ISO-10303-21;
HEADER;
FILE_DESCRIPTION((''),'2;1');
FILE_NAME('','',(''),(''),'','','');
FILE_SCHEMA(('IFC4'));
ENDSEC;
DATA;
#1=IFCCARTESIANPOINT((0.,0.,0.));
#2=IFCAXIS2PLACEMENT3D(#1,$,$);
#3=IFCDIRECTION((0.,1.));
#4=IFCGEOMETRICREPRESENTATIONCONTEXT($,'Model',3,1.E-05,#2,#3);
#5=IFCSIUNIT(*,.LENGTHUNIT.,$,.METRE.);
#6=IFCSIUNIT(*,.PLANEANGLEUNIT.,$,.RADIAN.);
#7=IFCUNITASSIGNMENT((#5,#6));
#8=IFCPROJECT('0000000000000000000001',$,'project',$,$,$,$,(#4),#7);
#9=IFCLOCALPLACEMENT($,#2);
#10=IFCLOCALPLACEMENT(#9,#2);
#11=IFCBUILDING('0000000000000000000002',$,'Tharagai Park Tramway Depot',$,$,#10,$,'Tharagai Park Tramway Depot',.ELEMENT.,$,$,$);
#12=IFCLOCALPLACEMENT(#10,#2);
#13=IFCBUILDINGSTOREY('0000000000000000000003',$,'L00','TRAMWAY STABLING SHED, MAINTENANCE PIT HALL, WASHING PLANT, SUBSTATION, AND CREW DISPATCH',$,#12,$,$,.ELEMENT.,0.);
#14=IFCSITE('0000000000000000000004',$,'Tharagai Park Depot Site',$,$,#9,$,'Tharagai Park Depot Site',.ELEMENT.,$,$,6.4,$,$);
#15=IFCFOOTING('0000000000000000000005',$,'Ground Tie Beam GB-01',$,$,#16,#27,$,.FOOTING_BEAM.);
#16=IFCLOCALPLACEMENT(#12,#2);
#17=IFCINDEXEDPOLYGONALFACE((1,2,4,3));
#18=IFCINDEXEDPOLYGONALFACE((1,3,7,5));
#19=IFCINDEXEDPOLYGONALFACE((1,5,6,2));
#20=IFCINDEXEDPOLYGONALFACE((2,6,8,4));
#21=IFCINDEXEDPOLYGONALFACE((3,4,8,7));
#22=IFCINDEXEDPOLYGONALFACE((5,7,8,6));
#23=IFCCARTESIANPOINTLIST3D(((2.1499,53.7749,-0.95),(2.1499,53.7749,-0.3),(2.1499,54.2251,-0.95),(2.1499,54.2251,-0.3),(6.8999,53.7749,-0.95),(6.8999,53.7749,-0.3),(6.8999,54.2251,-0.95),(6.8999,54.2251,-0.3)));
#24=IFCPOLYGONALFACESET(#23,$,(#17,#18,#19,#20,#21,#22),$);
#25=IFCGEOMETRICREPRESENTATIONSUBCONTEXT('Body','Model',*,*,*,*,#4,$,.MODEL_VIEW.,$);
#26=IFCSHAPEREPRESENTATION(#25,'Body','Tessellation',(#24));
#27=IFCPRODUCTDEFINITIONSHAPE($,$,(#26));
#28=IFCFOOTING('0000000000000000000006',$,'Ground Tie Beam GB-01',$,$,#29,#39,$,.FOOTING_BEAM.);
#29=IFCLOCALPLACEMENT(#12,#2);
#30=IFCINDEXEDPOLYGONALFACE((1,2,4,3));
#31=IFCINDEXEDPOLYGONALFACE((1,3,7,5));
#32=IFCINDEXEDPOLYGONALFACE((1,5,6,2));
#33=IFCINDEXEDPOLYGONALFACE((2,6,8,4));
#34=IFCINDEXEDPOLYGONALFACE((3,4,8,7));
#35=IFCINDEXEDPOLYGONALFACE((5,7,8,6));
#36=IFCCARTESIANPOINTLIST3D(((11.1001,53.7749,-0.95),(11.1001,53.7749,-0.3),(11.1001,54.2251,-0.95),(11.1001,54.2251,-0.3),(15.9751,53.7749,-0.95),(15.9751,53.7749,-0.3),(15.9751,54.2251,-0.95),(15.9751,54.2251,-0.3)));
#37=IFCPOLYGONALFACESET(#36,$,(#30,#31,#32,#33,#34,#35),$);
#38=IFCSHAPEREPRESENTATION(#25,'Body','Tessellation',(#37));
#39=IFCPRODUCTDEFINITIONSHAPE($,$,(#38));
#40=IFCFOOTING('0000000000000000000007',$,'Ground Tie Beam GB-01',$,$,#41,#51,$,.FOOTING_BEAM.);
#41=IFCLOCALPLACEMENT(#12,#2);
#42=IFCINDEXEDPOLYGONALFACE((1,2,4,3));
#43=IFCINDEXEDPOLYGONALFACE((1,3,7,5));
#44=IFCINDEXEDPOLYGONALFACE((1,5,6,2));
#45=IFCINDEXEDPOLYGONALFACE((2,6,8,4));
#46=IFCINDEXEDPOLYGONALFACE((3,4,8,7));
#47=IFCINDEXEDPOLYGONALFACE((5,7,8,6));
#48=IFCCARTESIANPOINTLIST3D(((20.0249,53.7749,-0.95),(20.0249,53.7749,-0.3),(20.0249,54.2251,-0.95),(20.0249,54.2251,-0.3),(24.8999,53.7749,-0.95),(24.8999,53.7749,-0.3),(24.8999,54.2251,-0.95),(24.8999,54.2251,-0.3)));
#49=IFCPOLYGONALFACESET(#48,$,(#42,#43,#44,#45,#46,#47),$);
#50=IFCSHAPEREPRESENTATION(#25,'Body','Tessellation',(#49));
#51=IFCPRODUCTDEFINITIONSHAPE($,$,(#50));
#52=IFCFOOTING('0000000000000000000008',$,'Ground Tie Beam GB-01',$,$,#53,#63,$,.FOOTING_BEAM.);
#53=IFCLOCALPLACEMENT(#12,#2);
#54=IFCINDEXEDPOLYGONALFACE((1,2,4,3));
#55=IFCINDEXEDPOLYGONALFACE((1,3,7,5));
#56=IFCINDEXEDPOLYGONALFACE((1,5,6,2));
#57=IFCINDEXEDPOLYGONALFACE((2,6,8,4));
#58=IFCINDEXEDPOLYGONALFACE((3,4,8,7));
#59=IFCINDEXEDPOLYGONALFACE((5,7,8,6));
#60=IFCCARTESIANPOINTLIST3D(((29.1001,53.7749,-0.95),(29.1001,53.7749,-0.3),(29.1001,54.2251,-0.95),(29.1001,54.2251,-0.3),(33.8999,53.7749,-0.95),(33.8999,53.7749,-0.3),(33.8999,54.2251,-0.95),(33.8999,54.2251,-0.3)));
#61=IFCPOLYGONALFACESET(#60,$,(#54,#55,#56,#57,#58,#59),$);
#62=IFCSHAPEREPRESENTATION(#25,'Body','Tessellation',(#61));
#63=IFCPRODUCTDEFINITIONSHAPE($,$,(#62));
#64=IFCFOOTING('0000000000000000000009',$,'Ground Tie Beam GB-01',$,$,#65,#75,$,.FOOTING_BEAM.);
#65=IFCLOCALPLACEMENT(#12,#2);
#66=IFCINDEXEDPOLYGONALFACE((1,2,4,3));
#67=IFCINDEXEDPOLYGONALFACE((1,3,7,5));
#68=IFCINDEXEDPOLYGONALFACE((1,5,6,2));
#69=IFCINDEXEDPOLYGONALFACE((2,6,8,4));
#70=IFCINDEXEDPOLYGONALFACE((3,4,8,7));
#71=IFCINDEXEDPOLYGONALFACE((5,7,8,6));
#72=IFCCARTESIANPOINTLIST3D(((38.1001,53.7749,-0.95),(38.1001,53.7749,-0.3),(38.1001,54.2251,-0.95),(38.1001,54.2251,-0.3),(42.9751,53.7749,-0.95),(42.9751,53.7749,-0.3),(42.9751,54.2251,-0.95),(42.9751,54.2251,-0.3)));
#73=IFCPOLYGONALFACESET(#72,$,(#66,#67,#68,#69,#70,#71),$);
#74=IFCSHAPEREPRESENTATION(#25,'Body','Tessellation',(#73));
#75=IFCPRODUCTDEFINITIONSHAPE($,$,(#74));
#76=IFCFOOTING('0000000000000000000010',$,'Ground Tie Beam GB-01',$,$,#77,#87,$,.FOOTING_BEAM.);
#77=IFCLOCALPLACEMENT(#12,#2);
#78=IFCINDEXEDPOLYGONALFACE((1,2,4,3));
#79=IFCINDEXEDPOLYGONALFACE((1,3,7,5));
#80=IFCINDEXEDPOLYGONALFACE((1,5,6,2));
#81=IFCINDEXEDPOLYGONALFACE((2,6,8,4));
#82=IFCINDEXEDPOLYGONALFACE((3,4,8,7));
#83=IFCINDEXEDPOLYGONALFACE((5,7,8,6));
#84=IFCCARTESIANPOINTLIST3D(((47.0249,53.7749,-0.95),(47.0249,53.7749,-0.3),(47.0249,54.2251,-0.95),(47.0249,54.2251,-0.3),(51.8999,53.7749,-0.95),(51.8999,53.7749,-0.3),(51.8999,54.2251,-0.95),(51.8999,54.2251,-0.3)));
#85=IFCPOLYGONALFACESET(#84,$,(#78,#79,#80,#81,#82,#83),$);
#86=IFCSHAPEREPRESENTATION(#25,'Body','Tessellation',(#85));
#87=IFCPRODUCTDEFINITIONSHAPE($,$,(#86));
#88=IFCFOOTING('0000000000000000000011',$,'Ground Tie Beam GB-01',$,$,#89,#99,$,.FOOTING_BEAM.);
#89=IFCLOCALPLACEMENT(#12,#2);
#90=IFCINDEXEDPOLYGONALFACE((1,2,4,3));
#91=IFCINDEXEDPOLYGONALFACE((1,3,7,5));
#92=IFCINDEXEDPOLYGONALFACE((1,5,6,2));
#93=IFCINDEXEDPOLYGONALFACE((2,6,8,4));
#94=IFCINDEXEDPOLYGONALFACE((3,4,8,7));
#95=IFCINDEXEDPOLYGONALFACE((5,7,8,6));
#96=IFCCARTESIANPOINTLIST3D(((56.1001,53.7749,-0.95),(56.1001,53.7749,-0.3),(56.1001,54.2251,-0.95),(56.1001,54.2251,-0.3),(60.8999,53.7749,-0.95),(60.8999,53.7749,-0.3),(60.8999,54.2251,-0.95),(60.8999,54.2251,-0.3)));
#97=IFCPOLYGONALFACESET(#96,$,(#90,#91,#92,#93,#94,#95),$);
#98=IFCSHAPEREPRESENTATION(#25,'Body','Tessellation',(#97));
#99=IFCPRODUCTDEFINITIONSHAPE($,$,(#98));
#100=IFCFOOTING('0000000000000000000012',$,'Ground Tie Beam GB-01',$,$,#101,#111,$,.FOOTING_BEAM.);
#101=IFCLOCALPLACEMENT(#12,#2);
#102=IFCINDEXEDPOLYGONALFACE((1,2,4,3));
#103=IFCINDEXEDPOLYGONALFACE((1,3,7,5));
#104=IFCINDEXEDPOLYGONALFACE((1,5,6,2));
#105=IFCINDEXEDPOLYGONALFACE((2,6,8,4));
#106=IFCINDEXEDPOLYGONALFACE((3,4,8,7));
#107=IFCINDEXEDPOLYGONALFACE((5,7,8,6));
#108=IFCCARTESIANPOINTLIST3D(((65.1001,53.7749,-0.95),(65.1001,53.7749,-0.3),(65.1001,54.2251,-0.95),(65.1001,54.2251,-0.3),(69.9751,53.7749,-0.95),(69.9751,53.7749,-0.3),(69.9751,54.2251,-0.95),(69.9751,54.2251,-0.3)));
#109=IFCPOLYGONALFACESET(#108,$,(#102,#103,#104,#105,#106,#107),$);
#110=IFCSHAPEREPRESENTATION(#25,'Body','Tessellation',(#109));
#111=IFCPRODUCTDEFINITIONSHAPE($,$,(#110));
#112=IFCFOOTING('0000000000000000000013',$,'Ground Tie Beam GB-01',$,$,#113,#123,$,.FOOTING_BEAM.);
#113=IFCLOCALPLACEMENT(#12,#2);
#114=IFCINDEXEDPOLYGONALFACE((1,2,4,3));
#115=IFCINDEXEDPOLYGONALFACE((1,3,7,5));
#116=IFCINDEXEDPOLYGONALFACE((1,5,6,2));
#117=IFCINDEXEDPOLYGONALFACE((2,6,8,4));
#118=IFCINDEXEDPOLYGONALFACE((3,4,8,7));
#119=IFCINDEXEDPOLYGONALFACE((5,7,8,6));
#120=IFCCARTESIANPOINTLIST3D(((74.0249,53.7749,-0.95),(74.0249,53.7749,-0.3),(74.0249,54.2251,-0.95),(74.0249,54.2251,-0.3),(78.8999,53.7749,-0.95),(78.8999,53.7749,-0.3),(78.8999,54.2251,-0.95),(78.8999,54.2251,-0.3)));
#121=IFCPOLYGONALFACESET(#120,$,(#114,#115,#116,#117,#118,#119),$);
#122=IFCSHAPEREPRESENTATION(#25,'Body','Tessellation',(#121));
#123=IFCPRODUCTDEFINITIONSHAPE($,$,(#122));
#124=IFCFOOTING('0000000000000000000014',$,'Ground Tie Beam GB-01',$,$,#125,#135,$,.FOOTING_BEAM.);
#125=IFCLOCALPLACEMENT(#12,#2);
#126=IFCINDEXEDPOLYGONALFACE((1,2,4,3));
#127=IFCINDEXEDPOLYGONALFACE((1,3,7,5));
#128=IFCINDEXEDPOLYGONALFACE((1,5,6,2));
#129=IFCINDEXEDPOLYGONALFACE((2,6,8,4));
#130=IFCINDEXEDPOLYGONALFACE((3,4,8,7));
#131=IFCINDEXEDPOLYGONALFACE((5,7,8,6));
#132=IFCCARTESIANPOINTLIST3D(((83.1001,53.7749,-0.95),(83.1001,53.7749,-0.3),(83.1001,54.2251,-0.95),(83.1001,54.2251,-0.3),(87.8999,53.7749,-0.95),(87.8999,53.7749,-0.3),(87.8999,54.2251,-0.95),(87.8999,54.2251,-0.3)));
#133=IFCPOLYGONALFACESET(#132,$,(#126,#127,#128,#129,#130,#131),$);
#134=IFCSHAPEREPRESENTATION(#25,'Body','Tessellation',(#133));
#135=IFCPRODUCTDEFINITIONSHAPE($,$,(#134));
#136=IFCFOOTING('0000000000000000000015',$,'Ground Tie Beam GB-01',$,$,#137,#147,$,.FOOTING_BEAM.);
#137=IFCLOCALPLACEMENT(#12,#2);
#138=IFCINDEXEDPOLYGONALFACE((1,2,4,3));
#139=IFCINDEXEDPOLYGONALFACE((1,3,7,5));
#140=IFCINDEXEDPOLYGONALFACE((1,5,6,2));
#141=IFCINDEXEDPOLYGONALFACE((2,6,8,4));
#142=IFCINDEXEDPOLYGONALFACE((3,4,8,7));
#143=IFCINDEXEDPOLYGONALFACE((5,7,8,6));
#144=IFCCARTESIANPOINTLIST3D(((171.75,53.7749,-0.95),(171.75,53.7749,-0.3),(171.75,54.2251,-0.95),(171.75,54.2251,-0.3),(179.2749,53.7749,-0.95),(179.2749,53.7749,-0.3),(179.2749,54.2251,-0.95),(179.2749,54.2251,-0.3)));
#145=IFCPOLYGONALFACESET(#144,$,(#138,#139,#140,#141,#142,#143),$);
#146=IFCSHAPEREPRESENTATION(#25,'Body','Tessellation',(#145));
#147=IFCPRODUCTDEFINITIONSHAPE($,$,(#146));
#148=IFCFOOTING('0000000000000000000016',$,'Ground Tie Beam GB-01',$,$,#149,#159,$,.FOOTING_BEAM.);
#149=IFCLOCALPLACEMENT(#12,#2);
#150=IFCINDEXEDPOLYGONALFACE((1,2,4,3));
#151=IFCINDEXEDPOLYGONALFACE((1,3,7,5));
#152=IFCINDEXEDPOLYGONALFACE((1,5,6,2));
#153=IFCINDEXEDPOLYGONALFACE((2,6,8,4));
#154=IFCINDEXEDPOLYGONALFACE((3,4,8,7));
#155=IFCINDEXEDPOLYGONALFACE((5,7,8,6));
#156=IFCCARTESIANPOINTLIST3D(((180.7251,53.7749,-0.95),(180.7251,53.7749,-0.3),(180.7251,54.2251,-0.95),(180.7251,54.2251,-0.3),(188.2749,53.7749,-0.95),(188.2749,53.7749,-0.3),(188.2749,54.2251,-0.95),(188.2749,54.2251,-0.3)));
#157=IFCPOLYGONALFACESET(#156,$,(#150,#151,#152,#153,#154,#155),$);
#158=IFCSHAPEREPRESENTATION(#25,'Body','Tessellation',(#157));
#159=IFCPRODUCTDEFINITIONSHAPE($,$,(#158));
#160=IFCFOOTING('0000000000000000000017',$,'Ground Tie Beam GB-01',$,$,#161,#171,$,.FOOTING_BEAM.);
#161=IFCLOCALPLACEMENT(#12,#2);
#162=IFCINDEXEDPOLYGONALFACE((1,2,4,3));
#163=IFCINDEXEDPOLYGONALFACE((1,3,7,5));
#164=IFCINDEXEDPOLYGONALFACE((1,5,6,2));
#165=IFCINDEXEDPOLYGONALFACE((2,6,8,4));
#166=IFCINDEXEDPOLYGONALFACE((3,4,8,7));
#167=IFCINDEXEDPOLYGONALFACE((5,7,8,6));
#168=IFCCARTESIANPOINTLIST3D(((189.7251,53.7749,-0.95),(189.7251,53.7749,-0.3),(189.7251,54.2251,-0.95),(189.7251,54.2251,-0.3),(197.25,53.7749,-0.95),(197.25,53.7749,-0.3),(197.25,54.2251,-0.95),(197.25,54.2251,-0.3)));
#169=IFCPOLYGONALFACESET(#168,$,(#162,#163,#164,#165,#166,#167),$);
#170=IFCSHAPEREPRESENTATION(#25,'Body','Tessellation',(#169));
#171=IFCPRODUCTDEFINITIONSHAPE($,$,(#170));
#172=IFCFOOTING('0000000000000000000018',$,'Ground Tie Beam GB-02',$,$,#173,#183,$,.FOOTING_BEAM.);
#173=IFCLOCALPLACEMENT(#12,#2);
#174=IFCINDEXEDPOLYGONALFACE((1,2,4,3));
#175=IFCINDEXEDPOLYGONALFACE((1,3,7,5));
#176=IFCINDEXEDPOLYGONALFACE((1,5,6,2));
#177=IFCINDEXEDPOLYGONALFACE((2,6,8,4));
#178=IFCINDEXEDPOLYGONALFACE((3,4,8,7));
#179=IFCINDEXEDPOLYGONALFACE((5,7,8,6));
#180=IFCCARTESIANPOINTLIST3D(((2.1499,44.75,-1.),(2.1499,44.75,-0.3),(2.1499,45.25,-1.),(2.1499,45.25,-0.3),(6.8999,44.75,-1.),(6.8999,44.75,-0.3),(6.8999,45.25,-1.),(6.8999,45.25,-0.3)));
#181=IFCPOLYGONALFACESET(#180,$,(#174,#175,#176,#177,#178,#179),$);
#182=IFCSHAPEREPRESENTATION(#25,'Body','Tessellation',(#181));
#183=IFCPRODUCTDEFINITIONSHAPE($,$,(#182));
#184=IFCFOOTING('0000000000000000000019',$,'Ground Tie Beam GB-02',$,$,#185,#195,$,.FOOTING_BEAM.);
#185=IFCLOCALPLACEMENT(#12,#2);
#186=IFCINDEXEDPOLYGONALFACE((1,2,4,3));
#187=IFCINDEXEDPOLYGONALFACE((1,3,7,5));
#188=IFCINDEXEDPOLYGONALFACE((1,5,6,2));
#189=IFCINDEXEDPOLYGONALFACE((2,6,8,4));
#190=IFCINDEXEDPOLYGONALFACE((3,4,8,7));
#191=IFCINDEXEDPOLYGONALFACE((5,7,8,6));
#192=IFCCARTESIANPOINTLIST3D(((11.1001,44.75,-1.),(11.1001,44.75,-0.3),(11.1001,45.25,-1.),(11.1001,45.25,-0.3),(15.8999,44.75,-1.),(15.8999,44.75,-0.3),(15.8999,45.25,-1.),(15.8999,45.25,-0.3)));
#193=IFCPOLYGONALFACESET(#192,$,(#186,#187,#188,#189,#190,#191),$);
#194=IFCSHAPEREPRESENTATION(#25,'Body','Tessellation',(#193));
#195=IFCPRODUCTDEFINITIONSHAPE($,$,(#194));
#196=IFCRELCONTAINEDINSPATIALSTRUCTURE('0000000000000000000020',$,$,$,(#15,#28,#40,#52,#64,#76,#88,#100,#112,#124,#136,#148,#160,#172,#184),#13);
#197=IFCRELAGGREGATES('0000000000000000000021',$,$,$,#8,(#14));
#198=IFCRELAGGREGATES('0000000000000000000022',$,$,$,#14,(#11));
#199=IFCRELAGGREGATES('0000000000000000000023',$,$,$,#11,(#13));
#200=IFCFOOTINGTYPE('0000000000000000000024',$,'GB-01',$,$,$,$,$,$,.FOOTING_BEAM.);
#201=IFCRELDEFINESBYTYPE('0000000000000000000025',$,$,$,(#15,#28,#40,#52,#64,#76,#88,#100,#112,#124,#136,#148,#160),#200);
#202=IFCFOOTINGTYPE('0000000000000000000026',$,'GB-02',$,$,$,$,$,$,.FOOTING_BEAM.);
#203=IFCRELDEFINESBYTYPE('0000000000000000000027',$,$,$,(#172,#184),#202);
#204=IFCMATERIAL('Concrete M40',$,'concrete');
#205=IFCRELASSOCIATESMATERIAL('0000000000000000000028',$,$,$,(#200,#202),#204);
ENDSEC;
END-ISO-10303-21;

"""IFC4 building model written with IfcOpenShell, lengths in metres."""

from ifc_helpers import new_model, si_unit, direction, frame, origin, place, context, subcontext, project, spatial, polyline, outline, extrude, material, type_object, element, save


model = new_model("IFC4")

# Units and contexts
model_context = context("Model", 3, precision=1e-05, world=origin(), true_north=direction((0.0, 1.0)))
body_context = subcontext(model_context, "Body", "Model", "MODEL_VIEW")
ifc_project = project(units=[si_unit("LENGTHUNIT", "METRE"), si_unit("PLANEANGLEUNIT", "RADIAN")], contexts=[model_context])

# Site, building, storey
site_placement = place(None, origin())
site = spatial("IfcSite", under=ifc_project, at=site_placement, Name="Tharagai Park Depot Site", LongName="Tharagai Park Depot Site", CompositionType="ELEMENT", RefElevation=6.4)
building_placement = place(site_placement, origin())
building = spatial("IfcBuilding", under=site, at=building_placement, Name="Tharagai Park Tramway Depot", LongName="Tharagai Park Tramway Depot", CompositionType="ELEMENT")
storey_placement = place(building_placement, origin())
storey = spatial("IfcBuildingStorey", under=building, at=storey_placement, Name="L00", Description="TRAMWAY STABLING SHED, MAINTENANCE PIT HALL, WASHING PLANT, SUBSTATION, AND CREW DISPATCH", CompositionType="ELEMENT", Elevation=0.0)

# Footings
ifc_material = material(Name="Concrete M40", Category="concrete")
footing_type_1 = type_object("IfcFootingType", Name="GB-01", PredefinedType="FOOTING_BEAM", material=ifc_material)
footing_1_placement = place(storey_placement, frame((0.0, 0.0, -0.95)))
element("IfcFooting", 1, at=footing_1_placement, inside=storey, type_object=footing_type_1, Name="Ground Tie Beam GB-01", PredefinedType="FOOTING_BEAM", context=body_context, shape_type="SweptSolid", body=[
    extrude(outline(polyline([(2.1499, 53.7749), (6.8999, 53.7749), (6.8999, 54.2251), (2.1499, 54.2251), (2.1499, 53.7749)])), origin(), (0.0, 0.0, 1.0), 0.6499),
])
footing_2_placement = place(storey_placement, frame((0.0, 0.0, -0.95)))
element("IfcFooting", 2, at=footing_2_placement, inside=storey, type_object=footing_type_1, Name="Ground Tie Beam GB-01", PredefinedType="FOOTING_BEAM", context=body_context, shape_type="SweptSolid", body=[
    extrude(outline(polyline([(11.1001, 53.7749), (15.9751, 53.7749), (15.9751, 54.2251), (11.1001, 54.2251), (11.1001, 53.7749)])), origin(), (0.0, 0.0, 1.0), 0.6499),
])
footing_3_placement = place(storey_placement, frame((0.0, 0.0, -0.95)))
element("IfcFooting", 3, at=footing_3_placement, inside=storey, type_object=footing_type_1, Name="Ground Tie Beam GB-01", PredefinedType="FOOTING_BEAM", context=body_context, shape_type="SweptSolid", body=[
    extrude(outline(polyline([(20.0249, 53.7749), (24.8999, 53.7749), (24.8999, 54.2251), (20.0249, 54.2251), (20.0249, 53.7749)])), origin(), (0.0, 0.0, 1.0), 0.6499),
])
footing_4_placement = place(storey_placement, frame((0.0, 0.0, -0.95)))
element("IfcFooting", 4, at=footing_4_placement, inside=storey, type_object=footing_type_1, Name="Ground Tie Beam GB-01", PredefinedType="FOOTING_BEAM", context=body_context, shape_type="SweptSolid", body=[
    extrude(outline(polyline([(29.1001, 53.7749), (33.8999, 53.7749), (33.8999, 54.2251), (29.1001, 54.2251), (29.1001, 53.7749)])), origin(), (0.0, 0.0, 1.0), 0.6499),
])
footing_5_placement = place(storey_placement, frame((0.0, 0.0, -0.95)))
element("IfcFooting", 5, at=footing_5_placement, inside=storey, type_object=footing_type_1, Name="Ground Tie Beam GB-01", PredefinedType="FOOTING_BEAM", context=body_context, shape_type="SweptSolid", body=[
    extrude(outline(polyline([(38.1001, 53.7749), (42.9751, 53.7749), (42.9751, 54.2251), (38.1001, 54.2251), (38.1001, 53.7749)])), origin(), (0.0, 0.0, 1.0), 0.6499),
])
footing_6_placement = place(storey_placement, frame((0.0, 0.0, -0.95)))
element("IfcFooting", 6, at=footing_6_placement, inside=storey, type_object=footing_type_1, Name="Ground Tie Beam GB-01", PredefinedType="FOOTING_BEAM", context=body_context, shape_type="SweptSolid", body=[
    extrude(outline(polyline([(47.0249, 53.7749), (51.8999, 53.7749), (51.8999, 54.2251), (47.0249, 54.2251), (47.0249, 53.7749)])), origin(), (0.0, 0.0, 1.0), 0.6499),
])
footing_7_placement = place(storey_placement, frame((0.0, 0.0, -0.95)))
element("IfcFooting", 7, at=footing_7_placement, inside=storey, type_object=footing_type_1, Name="Ground Tie Beam GB-01", PredefinedType="FOOTING_BEAM", context=body_context, shape_type="SweptSolid", body=[
    extrude(outline(polyline([(56.1001, 53.7749), (60.8999, 53.7749), (60.8999, 54.2251), (56.1001, 54.2251), (56.1001, 53.7749)])), origin(), (0.0, 0.0, 1.0), 0.6499),
])
footing_8_placement = place(storey_placement, frame((0.0, 0.0, -0.95)))
element("IfcFooting", 8, at=footing_8_placement, inside=storey, type_object=footing_type_1, Name="Ground Tie Beam GB-01", PredefinedType="FOOTING_BEAM", context=body_context, shape_type="SweptSolid", body=[
    extrude(outline(polyline([(65.1001, 53.7749), (69.9751, 53.7749), (69.9751, 54.2251), (65.1001, 54.2251), (65.1001, 53.7749)])), origin(), (0.0, 0.0, 1.0), 0.6499),
])
footing_9_placement = place(storey_placement, frame((0.0, 0.0, -0.95)))
element("IfcFooting", 9, at=footing_9_placement, inside=storey, type_object=footing_type_1, Name="Ground Tie Beam GB-01", PredefinedType="FOOTING_BEAM", context=body_context, shape_type="SweptSolid", body=[
    extrude(outline(polyline([(74.0249, 53.7749), (78.8999, 53.7749), (78.8999, 54.2251), (74.0249, 54.2251), (74.0249, 53.7749)])), origin(), (0.0, 0.0, 1.0), 0.6499),
])
footing_10_placement = place(storey_placement, frame((0.0, 0.0, -0.95)))
element("IfcFooting", 10, at=footing_10_placement, inside=storey, type_object=footing_type_1, Name="Ground Tie Beam GB-01", PredefinedType="FOOTING_BEAM", context=body_context, shape_type="SweptSolid", body=[
    extrude(outline(polyline([(83.1001, 53.7749), (87.8999, 53.7749), (87.8999, 54.2251), (83.1001, 54.2251), (83.1001, 53.7749)])), origin(), (0.0, 0.0, 1.0), 0.6499),
])
footing_11_placement = place(storey_placement, frame((0.0, 0.0, -0.95)))
element("IfcFooting", 11, at=footing_11_placement, inside=storey, type_object=footing_type_1, Name="Ground Tie Beam GB-01", PredefinedType="FOOTING_BEAM", context=body_context, shape_type="SweptSolid", body=[
    extrude(outline(polyline([(171.75, 53.7749), (179.2749, 53.7749), (179.2749, 54.2251), (171.75, 54.2251), (171.75, 53.7749)])), origin(), (0.0, 0.0, 1.0), 0.6499),
])
footing_12_placement = place(storey_placement, frame((0.0, 0.0, -0.95)))
element("IfcFooting", 12, at=footing_12_placement, inside=storey, type_object=footing_type_1, Name="Ground Tie Beam GB-01", PredefinedType="FOOTING_BEAM", context=body_context, shape_type="SweptSolid", body=[
    extrude(outline(polyline([(180.7251, 53.7749), (188.2749, 53.7749), (188.2749, 54.2251), (180.7251, 54.2251), (180.7251, 53.7749)])), origin(), (0.0, 0.0, 1.0), 0.6499),
])
footing_13_placement = place(storey_placement, frame((0.0, 0.0, -0.95)))
element("IfcFooting", 13, at=footing_13_placement, inside=storey, type_object=footing_type_1, Name="Ground Tie Beam GB-01", PredefinedType="FOOTING_BEAM", context=body_context, shape_type="SweptSolid", body=[
    extrude(outline(polyline([(189.7251, 53.7749), (197.25, 53.7749), (197.25, 54.2251), (189.7251, 54.2251), (189.7251, 53.7749)])), origin(), (0.0, 0.0, 1.0), 0.6499),
])
footing_type_2 = type_object("IfcFootingType", Name="GB-02", PredefinedType="FOOTING_BEAM", material=ifc_material)
footing_14_placement = place(storey_placement, frame((0.0, 0.0, -1.0)))
element("IfcFooting", 14, at=footing_14_placement, inside=storey, type_object=footing_type_2, Name="Ground Tie Beam GB-02", PredefinedType="FOOTING_BEAM", context=body_context, shape_type="SweptSolid", body=[
    extrude(outline(polyline([(2.1499, 44.75), (6.8999, 44.75), (6.8999, 45.25), (2.1499, 45.25), (2.1499, 44.75)])), origin(), (0.0, 0.0, 1.0), 0.7),
])
footing_15_placement = place(storey_placement, frame((0.0, 0.0, -1.0)))
element("IfcFooting", 15, at=footing_15_placement, inside=storey, type_object=footing_type_2, Name="Ground Tie Beam GB-02", PredefinedType="FOOTING_BEAM", context=body_context, shape_type="SweptSolid", body=[
    extrude(outline(polyline([(11.1001, 44.75), (15.8999, 44.75), (15.8999, 45.25), (11.1001, 45.25), (11.1001, 44.75)])), origin(), (0.0, 0.0, 1.0), 0.7),
])

save(model, "model.ifc")
